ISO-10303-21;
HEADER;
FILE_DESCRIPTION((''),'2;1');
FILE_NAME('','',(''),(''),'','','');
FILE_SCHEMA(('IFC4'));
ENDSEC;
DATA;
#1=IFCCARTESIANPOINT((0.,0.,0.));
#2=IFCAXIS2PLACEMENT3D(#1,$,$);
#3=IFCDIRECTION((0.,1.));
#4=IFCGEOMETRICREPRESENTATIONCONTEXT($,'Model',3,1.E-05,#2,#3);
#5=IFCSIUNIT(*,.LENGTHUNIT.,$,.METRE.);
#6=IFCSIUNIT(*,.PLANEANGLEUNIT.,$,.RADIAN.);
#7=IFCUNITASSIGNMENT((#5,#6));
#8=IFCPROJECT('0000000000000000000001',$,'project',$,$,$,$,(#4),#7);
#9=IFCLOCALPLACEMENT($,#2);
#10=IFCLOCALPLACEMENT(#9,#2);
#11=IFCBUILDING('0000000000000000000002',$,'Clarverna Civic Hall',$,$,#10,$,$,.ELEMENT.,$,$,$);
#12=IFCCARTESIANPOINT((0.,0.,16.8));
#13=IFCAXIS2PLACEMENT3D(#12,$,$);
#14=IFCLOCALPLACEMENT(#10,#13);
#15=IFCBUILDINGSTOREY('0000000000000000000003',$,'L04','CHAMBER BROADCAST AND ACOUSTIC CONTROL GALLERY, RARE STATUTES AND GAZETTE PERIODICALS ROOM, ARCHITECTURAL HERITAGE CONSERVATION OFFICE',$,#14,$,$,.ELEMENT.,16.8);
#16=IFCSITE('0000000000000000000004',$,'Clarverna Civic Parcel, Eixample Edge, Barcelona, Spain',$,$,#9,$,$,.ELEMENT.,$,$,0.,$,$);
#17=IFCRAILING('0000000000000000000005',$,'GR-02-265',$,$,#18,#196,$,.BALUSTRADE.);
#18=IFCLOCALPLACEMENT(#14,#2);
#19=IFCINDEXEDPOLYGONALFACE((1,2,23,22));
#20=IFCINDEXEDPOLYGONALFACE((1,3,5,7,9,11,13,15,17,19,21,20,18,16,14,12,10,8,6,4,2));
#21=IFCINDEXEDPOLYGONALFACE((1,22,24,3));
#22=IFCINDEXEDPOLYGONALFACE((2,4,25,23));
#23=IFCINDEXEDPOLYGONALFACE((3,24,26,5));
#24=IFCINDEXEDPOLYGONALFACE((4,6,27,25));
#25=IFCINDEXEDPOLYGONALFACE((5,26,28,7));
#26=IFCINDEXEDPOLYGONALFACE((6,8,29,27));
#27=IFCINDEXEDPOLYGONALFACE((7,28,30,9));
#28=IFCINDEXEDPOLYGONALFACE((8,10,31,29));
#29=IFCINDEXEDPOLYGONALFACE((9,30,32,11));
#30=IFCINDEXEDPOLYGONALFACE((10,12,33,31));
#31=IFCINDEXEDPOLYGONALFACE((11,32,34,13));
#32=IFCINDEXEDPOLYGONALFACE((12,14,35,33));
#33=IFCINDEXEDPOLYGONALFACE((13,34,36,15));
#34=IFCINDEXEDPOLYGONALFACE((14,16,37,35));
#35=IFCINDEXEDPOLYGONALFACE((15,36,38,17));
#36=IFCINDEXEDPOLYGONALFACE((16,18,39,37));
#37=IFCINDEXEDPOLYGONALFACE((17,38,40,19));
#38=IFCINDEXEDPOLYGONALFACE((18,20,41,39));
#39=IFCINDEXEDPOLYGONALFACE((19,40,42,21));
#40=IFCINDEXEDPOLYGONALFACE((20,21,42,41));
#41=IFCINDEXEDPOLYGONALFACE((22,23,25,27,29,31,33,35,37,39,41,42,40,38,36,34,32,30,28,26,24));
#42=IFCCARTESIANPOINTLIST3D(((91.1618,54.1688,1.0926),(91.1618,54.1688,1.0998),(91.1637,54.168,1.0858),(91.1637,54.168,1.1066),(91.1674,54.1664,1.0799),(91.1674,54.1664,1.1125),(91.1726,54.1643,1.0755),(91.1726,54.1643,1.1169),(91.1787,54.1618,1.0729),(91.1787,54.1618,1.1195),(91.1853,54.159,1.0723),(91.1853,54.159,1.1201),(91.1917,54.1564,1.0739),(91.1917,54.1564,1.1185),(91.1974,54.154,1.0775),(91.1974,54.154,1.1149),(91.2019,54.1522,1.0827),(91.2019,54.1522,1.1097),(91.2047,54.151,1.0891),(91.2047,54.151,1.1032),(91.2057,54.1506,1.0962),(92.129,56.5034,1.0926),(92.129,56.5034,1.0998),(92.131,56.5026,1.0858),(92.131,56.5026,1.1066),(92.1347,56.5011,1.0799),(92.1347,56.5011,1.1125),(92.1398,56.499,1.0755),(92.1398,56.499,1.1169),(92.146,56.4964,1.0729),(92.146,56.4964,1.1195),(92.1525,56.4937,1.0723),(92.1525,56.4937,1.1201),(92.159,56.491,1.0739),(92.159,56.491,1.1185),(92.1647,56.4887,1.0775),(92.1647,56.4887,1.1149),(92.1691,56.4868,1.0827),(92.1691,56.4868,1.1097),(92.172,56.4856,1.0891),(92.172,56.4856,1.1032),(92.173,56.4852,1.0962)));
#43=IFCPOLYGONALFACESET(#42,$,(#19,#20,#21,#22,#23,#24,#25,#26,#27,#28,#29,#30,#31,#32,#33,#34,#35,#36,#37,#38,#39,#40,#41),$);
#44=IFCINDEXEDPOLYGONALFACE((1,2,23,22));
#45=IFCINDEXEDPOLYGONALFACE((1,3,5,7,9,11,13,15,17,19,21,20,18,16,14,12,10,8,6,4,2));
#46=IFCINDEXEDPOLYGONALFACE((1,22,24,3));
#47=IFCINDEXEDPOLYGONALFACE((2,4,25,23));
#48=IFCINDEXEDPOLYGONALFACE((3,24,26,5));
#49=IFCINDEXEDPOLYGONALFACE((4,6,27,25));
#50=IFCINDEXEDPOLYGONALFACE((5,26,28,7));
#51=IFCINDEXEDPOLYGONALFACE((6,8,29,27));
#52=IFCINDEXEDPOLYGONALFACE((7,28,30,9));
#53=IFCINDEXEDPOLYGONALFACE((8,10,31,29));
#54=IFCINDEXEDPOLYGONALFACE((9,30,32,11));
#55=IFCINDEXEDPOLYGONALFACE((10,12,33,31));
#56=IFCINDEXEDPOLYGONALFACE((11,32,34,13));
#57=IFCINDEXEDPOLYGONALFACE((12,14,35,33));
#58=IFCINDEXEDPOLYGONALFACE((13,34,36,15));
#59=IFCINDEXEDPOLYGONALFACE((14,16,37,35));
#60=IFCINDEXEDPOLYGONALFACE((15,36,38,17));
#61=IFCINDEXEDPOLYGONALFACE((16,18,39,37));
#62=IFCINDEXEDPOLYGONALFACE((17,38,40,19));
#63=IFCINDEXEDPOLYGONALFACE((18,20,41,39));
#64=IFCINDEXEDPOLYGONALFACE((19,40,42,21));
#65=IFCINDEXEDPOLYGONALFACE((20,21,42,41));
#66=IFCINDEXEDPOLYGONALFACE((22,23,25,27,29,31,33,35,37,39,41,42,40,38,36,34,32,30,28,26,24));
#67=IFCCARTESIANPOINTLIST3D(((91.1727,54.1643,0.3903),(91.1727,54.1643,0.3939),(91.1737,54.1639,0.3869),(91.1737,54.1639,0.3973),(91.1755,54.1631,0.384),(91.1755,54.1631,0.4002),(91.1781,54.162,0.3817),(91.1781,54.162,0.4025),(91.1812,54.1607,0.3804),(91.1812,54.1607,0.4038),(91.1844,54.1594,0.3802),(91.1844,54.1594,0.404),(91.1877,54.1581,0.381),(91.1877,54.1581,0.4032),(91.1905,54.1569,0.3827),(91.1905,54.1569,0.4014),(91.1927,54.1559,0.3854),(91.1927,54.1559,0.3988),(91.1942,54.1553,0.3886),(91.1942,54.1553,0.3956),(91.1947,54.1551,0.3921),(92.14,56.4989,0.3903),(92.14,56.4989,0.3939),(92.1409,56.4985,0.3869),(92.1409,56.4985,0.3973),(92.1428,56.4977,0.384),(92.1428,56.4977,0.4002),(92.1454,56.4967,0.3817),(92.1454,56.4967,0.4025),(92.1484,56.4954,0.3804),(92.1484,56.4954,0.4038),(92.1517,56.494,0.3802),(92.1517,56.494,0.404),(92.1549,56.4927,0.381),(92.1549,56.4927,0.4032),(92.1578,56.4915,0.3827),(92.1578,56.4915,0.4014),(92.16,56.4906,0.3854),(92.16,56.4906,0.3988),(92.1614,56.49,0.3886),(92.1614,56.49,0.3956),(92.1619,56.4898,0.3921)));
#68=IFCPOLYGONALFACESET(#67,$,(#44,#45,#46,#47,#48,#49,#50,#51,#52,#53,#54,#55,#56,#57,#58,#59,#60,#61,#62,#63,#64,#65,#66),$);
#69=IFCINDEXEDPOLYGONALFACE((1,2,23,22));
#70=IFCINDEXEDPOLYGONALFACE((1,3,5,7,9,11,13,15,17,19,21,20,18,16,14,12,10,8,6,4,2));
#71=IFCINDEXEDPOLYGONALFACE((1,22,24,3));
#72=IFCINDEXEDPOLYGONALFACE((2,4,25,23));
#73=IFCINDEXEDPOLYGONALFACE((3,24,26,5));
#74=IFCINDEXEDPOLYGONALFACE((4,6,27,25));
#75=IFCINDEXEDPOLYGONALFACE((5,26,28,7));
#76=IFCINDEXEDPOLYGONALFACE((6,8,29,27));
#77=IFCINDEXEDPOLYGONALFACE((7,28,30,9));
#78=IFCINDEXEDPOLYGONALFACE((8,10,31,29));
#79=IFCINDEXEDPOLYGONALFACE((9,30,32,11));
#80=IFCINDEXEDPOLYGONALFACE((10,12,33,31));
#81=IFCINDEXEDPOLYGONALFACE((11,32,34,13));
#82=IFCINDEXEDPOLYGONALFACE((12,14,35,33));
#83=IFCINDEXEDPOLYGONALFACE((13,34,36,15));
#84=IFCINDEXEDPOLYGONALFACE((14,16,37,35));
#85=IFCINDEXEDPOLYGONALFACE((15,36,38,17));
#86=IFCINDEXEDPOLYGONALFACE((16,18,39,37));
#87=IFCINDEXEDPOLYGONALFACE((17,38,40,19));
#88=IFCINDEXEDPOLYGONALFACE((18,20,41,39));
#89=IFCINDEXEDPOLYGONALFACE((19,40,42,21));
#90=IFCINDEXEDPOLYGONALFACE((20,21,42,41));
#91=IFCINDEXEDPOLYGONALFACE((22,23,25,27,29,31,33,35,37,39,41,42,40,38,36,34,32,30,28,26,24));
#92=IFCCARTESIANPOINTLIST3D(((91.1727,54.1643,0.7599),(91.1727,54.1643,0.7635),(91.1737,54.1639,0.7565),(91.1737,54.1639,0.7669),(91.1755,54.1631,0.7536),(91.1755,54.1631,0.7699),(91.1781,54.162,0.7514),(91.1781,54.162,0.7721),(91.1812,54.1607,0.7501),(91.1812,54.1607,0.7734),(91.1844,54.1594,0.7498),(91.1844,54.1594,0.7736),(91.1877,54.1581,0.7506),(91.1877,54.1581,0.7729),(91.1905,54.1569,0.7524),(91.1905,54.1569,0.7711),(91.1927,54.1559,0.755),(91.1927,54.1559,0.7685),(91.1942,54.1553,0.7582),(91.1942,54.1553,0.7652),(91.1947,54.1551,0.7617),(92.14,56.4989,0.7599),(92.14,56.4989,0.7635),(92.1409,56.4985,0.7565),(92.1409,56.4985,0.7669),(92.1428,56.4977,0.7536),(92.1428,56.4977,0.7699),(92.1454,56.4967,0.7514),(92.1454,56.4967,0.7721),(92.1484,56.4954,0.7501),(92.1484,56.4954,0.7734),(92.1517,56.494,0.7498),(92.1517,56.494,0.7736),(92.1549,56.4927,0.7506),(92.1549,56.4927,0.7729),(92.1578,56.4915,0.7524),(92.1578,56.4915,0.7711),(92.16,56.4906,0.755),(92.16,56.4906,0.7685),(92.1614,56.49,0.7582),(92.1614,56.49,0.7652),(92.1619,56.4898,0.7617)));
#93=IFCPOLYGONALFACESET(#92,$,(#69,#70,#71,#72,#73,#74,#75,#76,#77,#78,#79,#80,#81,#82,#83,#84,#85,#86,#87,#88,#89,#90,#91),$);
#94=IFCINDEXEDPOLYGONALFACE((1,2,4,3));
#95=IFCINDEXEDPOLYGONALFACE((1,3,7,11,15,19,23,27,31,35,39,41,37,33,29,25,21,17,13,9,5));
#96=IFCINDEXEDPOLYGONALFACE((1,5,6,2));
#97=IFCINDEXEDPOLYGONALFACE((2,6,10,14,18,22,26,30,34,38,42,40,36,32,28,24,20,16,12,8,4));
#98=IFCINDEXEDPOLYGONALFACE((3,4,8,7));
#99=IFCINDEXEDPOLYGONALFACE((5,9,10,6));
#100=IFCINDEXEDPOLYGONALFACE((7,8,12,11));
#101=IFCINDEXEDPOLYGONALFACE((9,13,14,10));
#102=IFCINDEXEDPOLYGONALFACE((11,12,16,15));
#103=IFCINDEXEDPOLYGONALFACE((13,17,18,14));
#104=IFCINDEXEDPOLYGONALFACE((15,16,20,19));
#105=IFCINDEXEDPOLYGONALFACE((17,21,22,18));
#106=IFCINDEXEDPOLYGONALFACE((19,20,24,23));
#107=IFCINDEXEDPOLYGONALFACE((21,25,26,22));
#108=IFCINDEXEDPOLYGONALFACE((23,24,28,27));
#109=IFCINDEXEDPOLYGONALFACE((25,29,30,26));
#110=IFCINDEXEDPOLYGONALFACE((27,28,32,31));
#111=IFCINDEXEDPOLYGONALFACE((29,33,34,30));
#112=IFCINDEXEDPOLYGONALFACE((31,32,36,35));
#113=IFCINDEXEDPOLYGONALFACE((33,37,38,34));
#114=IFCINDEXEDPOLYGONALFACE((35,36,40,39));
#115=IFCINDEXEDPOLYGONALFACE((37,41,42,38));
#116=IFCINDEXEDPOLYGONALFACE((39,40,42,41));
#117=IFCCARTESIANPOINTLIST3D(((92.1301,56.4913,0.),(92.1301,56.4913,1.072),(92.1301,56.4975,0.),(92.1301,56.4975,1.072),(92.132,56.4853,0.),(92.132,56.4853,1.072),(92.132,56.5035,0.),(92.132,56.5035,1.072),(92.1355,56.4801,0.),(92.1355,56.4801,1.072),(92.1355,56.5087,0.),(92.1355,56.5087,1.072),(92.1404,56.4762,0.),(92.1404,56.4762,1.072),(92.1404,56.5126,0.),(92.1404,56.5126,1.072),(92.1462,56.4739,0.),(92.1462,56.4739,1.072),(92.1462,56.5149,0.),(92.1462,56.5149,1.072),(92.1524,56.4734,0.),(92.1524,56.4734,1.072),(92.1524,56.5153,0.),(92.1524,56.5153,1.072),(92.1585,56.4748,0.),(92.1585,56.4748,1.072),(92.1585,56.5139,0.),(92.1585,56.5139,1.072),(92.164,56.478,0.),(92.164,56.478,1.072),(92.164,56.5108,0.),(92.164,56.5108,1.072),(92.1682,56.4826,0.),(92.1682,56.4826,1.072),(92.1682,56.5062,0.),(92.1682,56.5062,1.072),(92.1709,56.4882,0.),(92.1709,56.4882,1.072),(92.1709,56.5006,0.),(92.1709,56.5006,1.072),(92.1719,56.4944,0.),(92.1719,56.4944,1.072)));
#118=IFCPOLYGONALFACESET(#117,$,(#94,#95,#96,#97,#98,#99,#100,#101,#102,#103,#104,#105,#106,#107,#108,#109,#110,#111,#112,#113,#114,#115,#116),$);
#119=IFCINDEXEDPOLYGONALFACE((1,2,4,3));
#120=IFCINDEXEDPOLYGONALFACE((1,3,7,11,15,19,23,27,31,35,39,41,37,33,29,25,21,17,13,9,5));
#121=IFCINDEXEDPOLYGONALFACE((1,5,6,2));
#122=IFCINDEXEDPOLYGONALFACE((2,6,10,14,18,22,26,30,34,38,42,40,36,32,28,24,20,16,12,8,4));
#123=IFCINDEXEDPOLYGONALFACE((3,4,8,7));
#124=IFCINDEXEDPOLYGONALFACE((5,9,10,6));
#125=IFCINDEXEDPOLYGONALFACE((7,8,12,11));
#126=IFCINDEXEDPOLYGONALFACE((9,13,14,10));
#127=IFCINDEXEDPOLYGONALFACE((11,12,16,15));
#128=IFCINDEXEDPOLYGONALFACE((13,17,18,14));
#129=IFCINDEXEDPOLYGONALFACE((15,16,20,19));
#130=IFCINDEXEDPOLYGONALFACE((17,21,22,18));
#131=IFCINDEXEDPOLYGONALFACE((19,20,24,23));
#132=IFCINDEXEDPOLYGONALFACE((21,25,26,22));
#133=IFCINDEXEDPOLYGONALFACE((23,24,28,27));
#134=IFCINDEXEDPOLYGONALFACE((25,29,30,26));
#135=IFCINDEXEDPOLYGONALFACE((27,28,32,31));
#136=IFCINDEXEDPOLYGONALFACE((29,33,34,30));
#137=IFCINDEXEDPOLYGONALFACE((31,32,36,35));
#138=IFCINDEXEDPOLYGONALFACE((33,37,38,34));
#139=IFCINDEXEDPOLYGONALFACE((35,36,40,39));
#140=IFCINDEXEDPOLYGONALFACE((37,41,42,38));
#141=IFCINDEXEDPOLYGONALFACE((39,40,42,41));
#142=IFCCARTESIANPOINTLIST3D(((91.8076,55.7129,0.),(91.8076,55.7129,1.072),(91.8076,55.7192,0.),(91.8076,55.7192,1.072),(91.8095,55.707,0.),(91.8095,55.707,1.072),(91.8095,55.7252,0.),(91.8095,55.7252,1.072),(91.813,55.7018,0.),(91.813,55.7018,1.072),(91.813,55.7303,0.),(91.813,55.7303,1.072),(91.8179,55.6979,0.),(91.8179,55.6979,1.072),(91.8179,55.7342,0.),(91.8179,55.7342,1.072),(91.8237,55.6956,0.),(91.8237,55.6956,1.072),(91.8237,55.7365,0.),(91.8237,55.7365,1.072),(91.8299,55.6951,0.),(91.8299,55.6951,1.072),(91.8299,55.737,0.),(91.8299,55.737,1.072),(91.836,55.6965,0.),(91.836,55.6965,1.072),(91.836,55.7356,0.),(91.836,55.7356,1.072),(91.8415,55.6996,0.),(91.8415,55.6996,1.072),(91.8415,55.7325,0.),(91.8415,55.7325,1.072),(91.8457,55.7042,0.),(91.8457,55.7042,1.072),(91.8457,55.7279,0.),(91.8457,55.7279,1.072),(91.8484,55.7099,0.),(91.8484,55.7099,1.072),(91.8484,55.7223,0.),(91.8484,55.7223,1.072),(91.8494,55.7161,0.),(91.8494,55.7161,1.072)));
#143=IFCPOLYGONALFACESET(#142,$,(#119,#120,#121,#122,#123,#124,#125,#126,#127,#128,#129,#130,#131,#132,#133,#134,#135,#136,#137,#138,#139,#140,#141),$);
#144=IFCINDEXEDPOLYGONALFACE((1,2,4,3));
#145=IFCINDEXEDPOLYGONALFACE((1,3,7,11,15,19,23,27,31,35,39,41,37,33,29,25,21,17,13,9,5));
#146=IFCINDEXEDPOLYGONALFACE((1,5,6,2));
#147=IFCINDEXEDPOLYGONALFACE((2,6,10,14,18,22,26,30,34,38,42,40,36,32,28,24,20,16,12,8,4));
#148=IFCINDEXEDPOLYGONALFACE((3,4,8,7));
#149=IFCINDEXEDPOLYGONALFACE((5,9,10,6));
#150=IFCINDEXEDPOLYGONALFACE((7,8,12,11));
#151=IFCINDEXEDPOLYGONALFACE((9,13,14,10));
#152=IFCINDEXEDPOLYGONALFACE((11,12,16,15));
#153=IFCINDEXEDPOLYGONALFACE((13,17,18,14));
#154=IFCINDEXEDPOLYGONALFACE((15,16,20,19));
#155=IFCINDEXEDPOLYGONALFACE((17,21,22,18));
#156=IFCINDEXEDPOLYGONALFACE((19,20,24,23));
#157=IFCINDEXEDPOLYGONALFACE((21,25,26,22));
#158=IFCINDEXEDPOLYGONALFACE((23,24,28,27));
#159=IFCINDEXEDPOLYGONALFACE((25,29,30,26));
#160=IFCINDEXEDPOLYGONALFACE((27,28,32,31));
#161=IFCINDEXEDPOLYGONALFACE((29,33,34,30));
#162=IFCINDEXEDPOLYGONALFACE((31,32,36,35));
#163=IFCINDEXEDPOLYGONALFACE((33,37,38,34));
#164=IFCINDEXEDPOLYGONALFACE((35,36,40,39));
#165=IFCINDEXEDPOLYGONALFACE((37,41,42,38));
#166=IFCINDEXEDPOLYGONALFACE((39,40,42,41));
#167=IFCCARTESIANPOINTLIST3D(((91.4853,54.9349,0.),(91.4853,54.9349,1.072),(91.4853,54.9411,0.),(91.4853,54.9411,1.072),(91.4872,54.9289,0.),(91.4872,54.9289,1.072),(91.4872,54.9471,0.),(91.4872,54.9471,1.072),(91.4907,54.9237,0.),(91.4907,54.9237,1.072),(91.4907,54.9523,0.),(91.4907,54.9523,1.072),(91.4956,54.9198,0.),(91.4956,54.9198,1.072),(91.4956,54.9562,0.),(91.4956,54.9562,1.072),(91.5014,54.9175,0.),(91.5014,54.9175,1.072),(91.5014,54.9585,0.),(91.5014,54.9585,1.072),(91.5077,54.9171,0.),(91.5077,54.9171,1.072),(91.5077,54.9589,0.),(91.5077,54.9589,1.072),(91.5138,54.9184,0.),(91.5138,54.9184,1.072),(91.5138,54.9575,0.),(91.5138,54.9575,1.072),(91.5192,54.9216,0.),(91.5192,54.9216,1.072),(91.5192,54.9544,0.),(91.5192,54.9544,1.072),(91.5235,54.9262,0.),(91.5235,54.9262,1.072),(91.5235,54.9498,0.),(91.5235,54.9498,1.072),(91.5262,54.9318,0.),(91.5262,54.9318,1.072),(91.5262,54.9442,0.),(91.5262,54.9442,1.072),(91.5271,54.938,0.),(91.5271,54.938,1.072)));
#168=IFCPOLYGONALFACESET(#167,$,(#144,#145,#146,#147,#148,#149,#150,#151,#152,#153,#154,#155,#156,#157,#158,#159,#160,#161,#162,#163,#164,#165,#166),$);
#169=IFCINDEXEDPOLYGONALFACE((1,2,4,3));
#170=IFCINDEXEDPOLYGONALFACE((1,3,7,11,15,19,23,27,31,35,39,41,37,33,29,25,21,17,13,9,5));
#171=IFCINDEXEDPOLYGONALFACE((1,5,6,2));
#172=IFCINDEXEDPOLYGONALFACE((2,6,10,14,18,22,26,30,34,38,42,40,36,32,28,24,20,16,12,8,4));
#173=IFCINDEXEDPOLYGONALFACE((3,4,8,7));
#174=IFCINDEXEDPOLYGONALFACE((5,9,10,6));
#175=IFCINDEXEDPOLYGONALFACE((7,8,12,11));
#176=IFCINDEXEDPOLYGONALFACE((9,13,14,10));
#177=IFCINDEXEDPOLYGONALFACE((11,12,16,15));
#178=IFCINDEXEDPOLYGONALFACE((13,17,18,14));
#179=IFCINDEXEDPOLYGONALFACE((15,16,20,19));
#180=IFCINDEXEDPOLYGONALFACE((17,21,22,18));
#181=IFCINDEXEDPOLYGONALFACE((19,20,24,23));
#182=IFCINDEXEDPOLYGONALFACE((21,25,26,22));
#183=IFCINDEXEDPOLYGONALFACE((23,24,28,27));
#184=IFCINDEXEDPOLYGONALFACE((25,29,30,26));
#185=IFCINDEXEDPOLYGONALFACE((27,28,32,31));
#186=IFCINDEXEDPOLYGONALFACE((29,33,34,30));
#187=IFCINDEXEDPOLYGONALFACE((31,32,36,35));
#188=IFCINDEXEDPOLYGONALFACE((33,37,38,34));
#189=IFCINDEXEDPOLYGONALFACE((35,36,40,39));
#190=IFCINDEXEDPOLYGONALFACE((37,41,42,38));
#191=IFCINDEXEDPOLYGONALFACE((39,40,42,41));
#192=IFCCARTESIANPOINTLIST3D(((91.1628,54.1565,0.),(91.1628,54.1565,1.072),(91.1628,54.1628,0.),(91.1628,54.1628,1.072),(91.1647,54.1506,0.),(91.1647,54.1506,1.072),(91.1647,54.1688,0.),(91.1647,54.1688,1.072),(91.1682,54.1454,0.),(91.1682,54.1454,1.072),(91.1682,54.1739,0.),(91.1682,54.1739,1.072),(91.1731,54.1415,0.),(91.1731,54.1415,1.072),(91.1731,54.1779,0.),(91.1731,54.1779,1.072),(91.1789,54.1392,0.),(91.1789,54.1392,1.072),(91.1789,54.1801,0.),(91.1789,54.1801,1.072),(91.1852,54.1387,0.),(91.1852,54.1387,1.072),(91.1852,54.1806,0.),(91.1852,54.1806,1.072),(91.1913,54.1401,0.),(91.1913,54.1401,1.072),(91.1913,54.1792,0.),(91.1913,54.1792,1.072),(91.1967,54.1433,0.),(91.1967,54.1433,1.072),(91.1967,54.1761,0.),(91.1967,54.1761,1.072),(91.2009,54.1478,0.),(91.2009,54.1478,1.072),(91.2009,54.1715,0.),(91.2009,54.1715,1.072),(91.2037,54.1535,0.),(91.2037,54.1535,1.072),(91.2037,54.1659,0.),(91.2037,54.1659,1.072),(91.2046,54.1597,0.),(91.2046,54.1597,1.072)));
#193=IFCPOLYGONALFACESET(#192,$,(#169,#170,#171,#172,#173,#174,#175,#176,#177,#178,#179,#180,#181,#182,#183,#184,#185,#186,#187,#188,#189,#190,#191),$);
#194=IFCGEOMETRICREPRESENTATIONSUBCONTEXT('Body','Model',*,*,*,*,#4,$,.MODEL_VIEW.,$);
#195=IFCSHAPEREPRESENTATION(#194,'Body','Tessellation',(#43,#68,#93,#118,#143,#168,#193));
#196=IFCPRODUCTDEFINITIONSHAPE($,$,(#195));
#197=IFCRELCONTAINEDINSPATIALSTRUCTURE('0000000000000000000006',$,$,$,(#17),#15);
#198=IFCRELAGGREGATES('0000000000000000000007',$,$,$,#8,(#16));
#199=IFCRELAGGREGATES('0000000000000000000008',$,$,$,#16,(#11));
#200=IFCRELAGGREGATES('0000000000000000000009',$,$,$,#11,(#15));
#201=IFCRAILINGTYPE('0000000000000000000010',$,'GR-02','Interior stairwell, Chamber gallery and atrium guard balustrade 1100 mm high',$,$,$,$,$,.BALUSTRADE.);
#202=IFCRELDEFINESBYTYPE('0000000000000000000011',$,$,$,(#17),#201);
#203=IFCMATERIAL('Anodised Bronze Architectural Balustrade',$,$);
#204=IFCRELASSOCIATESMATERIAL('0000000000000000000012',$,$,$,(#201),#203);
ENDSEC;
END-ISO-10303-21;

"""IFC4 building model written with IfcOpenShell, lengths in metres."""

from ifc_helpers import new_model, si_unit, direction, frame, origin, origin_2d, place, context, subcontext, project, spatial, circle, extrude, material, type_object, element, save


model = new_model("IFC4")

# Units and contexts
model_context = context("Model", 3, precision=1e-05, world=origin(), true_north=direction((0.0, 1.0)))
body_context = subcontext(model_context, "Body", "Model", "MODEL_VIEW")
ifc_project = project(units=[si_unit("LENGTHUNIT", "METRE"), si_unit("PLANEANGLEUNIT", "RADIAN")], contexts=[model_context])

# Site, building, storey
site_placement = place(None, origin())
site = spatial("IfcSite", under=ifc_project, at=site_placement, Name="Clarverna Civic Parcel, Eixample Edge, Barcelona, Spain", CompositionType="ELEMENT", RefElevation=0.0)
building_placement = place(site_placement, origin())
building = spatial("IfcBuilding", under=site, at=building_placement, Name="Clarverna Civic Hall", CompositionType="ELEMENT")
storey_placement = place(building_placement, frame((0.0, 0.0, 16.8)))
storey = spatial("IfcBuildingStorey", under=building, at=storey_placement, Name="L04", Description="CHAMBER BROADCAST AND ACOUSTIC CONTROL GALLERY, RARE STATUTES AND GAZETTE PERIODICALS ROOM, ARCHITECTURAL HERITAGE CONSERVATION OFFICE", CompositionType="ELEMENT", Elevation=16.8)

# Railing
ifc_material_1 = material(Name="Anodised Bronze Architectural Balustrade")
railing_type = type_object("IfcRailingType", Name="GR-02", Description="Interior stairwell, Chamber gallery and atrium guard balustrade 1100 mm high", PredefinedType="BALUSTRADE", material=ifc_material_1)
railing_1_placement = place(storey_placement, frame((92.1509, 56.4944, 0.0)))
element("IfcRailing", 1, at=railing_1_placement, inside=storey, type_object=railing_type, Name="GR-02-265", PredefinedType="BALUSTRADE", context=body_context, shape_type="SweptSolid", body=[
    extrude(circle(Radius=0.0239, at=origin_2d()), frame((0.0, 0.0, 1.0962), z_axis=(-0.382756, -0.92385, 0.0), x_axis=(0.92385, -0.382756, 0.0)), (0.0, 0.0, 1.0), 2.5271),
    extrude(circle(Radius=0.012, at=origin_2d()), frame((0.0, 0.0, 0.3921), z_axis=(-0.382756, -0.92385, 0.0), x_axis=(0.92385, -0.382756, 0.0)), (0.0, 0.0, 1.0), 2.5271),
    extrude(circle(Radius=0.012, at=origin_2d()), frame((0.0, 0.0, 0.7617), z_axis=(-0.382756, -0.92385, 0.0), x_axis=(0.92385, -0.382756, 0.0)), (0.0, 0.0, 1.0), 2.5271),
    extrude(circle(Radius=0.021, at=origin_2d()), origin(), (0.0, 0.0, 1.0), 1.072),
    extrude(circle(Radius=0.021, at=origin_2d()), frame((-0.3225, -0.7783, 0.0)), (0.0, 0.0, 1.0), 1.072),
    extrude(circle(Radius=0.021, at=origin_2d()), frame((-0.6448, -1.5564, 0.0)), (0.0, 0.0, 1.0), 1.072),
    extrude(circle(Radius=0.021, at=origin_2d()), frame((-0.9673, -2.3347, 0.0)), (0.0, 0.0, 1.0), 1.072),
])

save(model, "model.ifc")
